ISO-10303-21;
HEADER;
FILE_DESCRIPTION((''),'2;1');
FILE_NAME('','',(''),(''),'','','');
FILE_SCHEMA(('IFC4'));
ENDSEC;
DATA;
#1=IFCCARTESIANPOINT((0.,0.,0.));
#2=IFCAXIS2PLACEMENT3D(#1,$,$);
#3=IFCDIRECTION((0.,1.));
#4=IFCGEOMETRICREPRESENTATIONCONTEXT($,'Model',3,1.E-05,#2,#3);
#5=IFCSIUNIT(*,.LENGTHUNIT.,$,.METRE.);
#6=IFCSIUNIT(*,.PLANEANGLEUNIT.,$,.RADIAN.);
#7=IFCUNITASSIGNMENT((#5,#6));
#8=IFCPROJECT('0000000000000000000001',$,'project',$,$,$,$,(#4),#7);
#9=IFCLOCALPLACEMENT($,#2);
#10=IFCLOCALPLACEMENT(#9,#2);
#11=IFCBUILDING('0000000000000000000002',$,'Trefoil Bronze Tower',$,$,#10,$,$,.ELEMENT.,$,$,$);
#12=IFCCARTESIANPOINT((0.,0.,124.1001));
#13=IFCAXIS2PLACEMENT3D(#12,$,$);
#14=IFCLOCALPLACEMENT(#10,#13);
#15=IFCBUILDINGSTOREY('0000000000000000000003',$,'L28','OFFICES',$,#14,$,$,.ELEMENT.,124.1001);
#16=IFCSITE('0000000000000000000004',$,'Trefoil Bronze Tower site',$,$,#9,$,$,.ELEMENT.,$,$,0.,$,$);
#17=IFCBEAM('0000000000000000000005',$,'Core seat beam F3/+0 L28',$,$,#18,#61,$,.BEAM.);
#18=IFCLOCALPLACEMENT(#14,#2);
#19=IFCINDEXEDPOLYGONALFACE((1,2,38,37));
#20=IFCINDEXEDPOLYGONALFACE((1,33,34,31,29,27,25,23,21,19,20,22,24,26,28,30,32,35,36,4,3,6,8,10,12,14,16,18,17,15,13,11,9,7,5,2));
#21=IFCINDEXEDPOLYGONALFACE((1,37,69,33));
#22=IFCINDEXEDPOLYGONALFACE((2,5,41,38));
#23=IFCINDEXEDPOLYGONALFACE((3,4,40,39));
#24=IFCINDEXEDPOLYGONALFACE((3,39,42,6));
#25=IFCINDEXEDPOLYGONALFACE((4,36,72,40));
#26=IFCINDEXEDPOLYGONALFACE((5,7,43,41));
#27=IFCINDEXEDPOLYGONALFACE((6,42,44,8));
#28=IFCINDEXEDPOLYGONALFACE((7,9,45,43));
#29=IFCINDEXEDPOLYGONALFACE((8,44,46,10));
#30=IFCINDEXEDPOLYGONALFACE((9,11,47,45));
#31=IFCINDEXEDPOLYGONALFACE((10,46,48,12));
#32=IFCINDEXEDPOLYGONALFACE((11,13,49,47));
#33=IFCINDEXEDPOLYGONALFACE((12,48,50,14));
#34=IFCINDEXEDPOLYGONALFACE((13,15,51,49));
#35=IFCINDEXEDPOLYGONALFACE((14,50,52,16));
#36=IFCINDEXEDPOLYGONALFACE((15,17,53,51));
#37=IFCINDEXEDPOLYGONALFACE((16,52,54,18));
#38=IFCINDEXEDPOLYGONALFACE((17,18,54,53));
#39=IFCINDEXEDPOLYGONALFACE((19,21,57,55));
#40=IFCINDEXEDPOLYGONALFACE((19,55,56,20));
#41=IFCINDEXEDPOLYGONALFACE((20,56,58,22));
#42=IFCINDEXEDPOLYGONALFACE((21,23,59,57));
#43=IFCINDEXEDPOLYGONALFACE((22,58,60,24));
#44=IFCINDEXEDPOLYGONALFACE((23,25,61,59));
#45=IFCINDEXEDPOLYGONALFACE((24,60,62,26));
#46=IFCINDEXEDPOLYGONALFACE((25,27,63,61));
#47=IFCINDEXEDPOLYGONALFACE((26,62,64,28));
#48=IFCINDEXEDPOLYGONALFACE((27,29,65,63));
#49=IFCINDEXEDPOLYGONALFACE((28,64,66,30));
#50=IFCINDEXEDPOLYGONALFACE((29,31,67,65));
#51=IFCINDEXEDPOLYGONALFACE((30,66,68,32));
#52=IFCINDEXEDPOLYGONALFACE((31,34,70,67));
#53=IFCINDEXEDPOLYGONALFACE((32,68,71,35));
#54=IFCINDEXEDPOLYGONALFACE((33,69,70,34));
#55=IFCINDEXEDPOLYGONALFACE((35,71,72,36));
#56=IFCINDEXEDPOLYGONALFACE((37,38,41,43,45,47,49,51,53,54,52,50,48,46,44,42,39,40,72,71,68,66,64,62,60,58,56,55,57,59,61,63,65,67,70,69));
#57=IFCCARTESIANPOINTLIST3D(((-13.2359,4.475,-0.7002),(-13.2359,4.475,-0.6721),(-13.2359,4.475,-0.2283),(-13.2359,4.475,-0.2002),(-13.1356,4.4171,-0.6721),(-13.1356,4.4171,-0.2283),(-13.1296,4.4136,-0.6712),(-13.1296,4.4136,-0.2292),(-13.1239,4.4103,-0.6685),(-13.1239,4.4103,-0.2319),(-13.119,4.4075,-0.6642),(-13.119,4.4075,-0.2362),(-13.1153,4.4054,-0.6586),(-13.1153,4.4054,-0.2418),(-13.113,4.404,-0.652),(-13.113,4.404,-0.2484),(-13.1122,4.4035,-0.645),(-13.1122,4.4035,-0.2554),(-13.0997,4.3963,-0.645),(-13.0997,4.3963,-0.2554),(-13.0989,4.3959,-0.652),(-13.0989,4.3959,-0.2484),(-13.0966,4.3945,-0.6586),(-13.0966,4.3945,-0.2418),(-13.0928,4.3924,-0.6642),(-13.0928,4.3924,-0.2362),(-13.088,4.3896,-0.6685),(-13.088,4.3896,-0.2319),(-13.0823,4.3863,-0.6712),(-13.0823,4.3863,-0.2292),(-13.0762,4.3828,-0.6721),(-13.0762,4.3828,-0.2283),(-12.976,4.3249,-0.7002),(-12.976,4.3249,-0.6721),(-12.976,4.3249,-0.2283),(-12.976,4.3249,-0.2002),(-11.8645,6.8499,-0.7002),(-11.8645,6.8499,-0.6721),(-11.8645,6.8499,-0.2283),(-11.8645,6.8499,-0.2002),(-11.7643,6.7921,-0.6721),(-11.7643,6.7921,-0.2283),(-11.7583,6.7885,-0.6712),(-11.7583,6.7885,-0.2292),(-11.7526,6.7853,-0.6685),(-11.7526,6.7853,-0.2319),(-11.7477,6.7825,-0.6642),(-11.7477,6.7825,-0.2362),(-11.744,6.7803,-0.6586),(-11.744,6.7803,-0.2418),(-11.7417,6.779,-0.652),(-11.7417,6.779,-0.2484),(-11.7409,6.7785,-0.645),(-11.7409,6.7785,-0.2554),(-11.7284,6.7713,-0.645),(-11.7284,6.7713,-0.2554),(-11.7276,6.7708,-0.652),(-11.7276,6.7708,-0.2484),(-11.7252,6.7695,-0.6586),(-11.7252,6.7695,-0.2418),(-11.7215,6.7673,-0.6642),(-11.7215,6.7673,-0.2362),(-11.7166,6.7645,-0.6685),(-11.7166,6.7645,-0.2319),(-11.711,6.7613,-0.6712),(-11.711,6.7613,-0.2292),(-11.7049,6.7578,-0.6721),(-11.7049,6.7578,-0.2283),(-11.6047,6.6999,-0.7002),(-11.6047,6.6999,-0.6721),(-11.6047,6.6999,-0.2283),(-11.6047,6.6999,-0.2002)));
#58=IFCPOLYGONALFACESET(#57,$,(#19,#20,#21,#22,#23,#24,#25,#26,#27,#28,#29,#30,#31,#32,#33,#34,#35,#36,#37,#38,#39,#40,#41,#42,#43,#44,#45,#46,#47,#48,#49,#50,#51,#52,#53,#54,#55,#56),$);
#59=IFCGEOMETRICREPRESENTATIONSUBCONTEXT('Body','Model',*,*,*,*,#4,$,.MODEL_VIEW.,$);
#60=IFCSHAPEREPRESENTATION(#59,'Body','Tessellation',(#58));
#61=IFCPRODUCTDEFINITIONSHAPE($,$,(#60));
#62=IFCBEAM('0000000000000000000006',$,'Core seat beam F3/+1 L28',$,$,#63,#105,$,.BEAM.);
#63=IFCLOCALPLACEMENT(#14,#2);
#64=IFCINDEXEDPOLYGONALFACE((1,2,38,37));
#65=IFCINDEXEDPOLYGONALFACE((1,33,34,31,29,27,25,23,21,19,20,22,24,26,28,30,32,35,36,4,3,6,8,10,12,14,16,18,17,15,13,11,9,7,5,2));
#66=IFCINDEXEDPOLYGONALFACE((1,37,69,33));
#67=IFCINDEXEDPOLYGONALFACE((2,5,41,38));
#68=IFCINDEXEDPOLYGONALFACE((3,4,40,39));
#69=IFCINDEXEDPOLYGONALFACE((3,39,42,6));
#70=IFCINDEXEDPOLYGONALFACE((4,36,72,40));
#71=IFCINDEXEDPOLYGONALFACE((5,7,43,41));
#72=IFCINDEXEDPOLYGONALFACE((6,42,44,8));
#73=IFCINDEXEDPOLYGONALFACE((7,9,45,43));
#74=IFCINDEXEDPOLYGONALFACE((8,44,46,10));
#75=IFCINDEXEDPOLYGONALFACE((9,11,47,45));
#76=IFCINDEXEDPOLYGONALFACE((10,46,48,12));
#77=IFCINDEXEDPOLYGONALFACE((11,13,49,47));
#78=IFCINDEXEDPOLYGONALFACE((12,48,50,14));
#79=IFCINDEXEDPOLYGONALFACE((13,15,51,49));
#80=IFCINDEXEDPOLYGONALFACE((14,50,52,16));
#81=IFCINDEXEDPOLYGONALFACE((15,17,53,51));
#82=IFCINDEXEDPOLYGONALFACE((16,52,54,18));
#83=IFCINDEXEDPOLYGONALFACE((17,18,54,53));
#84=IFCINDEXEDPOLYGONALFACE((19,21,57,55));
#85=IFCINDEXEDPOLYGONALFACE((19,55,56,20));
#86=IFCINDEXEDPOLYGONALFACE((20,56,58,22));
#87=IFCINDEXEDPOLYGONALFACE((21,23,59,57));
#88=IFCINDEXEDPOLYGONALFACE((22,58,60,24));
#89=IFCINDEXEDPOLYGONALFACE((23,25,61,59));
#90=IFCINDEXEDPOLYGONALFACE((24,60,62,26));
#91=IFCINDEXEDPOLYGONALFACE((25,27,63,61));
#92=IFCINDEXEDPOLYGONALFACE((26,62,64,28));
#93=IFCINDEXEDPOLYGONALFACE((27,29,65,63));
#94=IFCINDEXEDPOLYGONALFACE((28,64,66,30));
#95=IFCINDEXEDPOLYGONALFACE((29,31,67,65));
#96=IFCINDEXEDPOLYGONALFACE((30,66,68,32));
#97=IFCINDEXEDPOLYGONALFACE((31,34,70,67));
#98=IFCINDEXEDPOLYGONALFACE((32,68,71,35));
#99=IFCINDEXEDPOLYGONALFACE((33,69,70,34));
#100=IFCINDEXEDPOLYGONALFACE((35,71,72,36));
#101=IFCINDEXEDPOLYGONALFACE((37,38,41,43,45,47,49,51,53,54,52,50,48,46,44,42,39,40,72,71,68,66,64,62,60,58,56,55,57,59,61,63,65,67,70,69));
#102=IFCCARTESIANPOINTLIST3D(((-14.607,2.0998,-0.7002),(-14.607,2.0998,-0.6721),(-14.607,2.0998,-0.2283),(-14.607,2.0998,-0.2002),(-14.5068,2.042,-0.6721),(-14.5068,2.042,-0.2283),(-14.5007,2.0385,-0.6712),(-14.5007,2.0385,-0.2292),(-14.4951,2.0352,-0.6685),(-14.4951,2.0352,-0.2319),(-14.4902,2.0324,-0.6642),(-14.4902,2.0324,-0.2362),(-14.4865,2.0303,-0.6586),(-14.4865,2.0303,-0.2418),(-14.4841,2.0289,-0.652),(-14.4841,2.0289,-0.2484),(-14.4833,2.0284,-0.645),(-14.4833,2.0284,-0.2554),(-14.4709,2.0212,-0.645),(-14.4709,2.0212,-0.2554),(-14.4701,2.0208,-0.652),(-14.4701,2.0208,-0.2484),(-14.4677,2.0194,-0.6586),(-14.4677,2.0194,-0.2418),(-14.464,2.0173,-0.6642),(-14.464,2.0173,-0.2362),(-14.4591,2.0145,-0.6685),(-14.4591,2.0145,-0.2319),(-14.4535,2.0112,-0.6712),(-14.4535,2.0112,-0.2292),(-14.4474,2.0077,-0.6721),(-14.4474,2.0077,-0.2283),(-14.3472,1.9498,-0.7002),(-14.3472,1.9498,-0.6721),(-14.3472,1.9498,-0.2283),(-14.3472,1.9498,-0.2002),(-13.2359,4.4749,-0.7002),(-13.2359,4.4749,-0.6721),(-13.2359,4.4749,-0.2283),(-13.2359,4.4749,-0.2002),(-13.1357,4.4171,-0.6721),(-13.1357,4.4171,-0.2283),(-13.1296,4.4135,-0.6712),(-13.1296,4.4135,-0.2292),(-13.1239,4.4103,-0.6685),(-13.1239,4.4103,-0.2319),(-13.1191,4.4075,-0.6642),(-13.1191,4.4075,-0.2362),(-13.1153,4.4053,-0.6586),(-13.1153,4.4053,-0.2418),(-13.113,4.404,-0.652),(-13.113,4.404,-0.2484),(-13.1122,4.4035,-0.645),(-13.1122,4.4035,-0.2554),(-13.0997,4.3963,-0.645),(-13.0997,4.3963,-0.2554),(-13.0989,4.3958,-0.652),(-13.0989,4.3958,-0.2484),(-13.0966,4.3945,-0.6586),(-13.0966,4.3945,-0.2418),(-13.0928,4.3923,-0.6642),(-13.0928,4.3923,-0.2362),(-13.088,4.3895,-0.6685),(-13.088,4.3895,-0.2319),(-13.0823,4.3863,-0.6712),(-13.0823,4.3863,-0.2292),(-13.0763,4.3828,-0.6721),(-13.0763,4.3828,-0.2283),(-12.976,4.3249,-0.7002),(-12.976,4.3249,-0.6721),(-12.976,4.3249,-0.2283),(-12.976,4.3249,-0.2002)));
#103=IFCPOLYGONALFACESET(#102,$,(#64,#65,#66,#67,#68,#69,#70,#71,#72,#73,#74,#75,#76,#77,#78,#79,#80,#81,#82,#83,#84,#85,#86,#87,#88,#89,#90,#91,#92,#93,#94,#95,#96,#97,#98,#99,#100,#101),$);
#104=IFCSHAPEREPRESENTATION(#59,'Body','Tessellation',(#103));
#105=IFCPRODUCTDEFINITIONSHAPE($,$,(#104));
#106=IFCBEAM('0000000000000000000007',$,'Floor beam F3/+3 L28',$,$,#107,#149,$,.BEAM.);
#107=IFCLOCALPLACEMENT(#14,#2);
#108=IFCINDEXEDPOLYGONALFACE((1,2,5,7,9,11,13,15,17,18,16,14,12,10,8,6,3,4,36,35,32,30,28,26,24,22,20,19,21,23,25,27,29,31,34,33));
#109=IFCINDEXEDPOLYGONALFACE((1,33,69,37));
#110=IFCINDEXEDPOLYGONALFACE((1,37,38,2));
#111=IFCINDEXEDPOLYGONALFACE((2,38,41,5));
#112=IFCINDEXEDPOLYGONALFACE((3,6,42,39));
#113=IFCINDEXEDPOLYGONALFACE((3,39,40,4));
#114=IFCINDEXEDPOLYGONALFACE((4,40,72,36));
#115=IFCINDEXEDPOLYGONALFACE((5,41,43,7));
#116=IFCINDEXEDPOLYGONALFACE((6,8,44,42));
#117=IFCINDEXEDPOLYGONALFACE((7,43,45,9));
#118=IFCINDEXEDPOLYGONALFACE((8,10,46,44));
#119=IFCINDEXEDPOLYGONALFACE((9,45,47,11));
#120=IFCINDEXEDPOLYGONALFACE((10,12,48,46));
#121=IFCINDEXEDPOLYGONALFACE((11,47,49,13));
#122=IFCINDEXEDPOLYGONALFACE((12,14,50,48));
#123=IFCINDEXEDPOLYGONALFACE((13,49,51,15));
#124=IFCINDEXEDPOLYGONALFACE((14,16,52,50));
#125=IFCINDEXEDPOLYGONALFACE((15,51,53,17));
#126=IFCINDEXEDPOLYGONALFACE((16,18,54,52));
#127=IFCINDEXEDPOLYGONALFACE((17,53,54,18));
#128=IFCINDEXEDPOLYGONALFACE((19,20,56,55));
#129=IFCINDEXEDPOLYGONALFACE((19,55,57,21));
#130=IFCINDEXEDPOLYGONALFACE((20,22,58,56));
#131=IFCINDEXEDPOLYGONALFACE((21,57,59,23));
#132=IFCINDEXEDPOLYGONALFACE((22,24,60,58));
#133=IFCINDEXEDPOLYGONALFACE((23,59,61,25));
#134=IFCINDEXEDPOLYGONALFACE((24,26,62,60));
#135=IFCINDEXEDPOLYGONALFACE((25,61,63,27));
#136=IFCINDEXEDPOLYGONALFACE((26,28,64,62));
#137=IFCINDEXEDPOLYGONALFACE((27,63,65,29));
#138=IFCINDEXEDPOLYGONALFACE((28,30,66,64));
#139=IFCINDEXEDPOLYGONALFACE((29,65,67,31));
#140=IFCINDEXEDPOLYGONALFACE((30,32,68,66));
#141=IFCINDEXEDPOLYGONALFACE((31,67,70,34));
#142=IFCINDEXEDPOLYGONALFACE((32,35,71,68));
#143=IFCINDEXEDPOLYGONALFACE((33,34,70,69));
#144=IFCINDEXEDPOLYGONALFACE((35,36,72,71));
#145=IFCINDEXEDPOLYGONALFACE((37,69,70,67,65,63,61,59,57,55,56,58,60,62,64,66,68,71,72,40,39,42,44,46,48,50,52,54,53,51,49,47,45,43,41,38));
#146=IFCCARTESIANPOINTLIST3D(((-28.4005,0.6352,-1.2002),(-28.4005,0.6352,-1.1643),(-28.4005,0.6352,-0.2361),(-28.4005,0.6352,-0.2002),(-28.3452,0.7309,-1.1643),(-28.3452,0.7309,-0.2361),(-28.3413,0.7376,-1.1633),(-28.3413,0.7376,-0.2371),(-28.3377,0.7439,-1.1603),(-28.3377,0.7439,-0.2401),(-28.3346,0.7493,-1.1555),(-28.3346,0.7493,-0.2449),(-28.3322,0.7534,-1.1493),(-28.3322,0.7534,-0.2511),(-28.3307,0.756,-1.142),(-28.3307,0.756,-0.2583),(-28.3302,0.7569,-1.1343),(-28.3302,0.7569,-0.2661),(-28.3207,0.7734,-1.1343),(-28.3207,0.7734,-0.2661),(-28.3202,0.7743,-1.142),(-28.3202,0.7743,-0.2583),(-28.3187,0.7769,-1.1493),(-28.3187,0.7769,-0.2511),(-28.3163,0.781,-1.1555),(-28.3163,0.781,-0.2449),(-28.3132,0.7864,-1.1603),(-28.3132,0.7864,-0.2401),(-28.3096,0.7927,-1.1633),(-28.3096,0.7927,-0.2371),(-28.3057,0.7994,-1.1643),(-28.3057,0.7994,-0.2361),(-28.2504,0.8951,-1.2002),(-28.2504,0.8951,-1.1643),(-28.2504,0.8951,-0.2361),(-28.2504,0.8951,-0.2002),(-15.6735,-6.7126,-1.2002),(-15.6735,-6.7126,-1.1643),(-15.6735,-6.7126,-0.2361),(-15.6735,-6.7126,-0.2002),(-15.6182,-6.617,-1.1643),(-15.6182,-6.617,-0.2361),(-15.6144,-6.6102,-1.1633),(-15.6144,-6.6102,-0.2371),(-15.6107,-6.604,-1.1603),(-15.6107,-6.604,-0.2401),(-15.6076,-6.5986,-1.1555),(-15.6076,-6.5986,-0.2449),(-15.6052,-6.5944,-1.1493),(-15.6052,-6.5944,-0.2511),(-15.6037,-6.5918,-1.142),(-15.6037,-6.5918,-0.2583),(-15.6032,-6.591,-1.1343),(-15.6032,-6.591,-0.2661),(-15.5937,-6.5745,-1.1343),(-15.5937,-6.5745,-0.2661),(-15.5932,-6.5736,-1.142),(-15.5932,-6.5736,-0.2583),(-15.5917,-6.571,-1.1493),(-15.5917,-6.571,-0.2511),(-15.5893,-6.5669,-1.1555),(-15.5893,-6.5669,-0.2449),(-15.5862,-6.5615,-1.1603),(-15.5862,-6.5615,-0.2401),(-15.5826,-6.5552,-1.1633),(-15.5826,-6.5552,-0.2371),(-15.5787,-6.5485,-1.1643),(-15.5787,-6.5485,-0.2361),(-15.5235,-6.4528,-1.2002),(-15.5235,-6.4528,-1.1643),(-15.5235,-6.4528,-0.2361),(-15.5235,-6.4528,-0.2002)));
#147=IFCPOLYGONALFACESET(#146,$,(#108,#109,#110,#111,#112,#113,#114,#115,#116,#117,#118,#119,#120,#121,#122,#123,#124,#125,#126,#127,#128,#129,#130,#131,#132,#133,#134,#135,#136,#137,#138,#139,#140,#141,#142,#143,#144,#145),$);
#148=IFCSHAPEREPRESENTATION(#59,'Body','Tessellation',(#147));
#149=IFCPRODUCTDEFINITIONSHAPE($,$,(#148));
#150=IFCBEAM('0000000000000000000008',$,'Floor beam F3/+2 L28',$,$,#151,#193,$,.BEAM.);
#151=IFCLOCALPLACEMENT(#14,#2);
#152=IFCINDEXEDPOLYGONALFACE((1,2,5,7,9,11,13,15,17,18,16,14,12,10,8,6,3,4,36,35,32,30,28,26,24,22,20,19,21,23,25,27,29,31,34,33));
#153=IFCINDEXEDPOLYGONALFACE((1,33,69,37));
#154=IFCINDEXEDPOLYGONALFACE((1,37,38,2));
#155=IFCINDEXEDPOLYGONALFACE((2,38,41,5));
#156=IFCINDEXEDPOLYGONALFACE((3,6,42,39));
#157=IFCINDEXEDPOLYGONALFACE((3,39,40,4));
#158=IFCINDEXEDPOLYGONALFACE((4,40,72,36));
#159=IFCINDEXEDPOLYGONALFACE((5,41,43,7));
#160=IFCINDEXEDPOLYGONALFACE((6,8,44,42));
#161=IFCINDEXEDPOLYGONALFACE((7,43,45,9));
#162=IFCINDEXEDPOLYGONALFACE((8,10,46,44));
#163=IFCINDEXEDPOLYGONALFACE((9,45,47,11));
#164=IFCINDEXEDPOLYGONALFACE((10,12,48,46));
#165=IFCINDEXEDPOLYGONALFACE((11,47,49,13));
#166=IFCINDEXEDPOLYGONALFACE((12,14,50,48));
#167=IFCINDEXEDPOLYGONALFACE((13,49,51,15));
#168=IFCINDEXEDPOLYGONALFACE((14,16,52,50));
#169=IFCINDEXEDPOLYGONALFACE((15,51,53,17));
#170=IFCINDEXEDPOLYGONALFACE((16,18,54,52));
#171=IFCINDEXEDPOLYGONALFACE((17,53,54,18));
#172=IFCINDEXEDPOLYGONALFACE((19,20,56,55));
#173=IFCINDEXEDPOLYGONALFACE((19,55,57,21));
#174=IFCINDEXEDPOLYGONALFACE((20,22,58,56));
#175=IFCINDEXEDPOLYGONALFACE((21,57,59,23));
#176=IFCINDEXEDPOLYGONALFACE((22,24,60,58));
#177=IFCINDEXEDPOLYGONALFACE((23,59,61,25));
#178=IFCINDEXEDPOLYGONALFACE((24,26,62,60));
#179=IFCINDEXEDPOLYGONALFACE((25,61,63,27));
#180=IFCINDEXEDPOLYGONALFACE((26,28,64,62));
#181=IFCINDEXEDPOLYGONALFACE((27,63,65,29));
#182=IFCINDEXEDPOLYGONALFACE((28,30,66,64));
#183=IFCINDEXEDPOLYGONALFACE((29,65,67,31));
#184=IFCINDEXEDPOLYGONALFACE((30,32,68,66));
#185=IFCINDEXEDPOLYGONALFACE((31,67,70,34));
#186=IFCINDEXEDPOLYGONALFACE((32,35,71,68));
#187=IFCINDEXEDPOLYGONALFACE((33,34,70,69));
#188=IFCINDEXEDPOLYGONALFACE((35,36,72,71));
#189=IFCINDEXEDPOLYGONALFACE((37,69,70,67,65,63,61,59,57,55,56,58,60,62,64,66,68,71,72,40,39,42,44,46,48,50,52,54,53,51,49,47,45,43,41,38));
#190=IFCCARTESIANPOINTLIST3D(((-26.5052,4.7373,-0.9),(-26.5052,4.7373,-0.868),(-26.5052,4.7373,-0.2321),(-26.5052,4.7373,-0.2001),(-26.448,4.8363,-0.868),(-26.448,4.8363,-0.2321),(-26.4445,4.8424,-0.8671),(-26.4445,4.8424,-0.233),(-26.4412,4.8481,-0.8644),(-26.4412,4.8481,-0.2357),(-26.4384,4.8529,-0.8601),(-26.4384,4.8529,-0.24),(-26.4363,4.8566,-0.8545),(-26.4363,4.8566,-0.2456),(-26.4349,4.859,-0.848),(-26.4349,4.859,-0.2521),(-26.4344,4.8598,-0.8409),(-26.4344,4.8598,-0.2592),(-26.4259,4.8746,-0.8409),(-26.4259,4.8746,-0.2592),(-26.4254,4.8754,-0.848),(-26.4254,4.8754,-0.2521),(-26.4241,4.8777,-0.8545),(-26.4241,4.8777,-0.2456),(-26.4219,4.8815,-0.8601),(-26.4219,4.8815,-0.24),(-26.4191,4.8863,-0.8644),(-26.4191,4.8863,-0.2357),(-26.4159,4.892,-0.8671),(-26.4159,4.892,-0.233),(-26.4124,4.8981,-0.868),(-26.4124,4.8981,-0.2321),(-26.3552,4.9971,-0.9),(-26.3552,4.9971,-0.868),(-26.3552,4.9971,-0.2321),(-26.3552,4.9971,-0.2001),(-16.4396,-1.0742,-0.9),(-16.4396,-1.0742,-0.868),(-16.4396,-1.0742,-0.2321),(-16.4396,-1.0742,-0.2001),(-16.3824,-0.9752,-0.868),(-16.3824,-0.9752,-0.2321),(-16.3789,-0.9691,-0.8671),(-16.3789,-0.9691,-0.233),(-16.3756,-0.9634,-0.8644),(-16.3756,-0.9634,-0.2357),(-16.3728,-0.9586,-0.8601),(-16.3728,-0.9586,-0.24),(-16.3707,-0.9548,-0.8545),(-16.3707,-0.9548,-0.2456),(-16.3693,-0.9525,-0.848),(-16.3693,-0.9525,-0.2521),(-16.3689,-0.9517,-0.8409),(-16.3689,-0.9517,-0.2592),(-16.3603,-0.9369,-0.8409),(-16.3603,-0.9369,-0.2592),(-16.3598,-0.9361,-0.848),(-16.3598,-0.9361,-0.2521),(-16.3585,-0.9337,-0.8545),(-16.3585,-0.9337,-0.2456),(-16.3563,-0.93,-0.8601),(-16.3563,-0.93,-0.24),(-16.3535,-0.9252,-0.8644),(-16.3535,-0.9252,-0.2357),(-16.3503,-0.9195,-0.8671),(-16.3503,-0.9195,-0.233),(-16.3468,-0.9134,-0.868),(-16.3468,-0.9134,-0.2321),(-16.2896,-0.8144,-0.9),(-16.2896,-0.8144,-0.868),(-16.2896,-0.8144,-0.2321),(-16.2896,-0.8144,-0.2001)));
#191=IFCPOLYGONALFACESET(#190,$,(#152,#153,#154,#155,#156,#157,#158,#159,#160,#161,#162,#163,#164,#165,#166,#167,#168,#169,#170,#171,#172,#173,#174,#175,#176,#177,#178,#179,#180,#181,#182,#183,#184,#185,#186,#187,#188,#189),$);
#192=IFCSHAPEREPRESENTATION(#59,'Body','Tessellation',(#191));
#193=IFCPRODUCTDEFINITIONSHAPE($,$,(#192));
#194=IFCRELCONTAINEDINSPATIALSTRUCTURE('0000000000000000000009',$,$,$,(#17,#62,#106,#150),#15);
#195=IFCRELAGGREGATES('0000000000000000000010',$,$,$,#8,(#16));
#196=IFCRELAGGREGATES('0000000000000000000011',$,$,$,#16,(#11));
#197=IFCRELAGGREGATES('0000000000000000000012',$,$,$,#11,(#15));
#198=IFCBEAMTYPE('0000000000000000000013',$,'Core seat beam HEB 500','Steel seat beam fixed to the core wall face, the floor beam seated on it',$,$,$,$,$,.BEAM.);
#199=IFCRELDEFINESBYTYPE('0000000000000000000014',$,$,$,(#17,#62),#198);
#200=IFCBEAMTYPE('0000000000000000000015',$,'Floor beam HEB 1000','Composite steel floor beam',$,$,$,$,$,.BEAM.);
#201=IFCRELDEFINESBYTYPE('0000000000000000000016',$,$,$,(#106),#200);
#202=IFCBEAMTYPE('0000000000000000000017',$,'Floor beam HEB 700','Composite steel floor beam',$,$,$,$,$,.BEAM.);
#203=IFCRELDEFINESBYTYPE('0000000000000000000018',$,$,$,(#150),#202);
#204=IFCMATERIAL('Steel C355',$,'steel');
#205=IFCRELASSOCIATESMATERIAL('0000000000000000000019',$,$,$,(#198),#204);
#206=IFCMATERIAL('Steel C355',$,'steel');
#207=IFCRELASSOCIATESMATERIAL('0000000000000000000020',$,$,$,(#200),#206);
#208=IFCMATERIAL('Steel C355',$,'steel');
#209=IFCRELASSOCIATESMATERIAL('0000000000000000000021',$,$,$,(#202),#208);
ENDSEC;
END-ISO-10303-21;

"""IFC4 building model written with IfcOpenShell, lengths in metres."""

from ifc_helpers import new_model, si_unit, direction, frame, origin, origin_2d, place, context, subcontext, project, spatial, i_section, extrude, material, material_profile, profile_set, type_object, element, save


model = new_model("IFC4")

# Units and contexts
model_context = context("Model", 3, precision=1e-05, world=origin(), true_north=direction((0.0, 1.0)))
body_context = subcontext(model_context, "Body", "Model", "MODEL_VIEW")
ifc_project = project(units=[si_unit("LENGTHUNIT", "METRE"), si_unit("PLANEANGLEUNIT", "RADIAN")], contexts=[model_context])

# Site, building, storey
site_placement = place(None, origin())
site = spatial("IfcSite", under=ifc_project, at=site_placement, Name="Trefoil Bronze Tower site", CompositionType="ELEMENT", RefElevation=0.0)
building_placement = place(site_placement, origin())
building = spatial("IfcBuilding", under=site, at=building_placement, Name="Trefoil Bronze Tower", CompositionType="ELEMENT")
storey_placement = place(building_placement, frame((0.0, 0.0, 124.1001)))
storey = spatial("IfcBuildingStorey", under=building, at=storey_placement, Name="L28", Description="OFFICES", CompositionType="ELEMENT", Elevation=124.1001)

# Beams
ifc_material_1 = material(Name="Steel C355", Category="steel")
ifc_material_profile_1 = material_profile(ifc_material_1, i_section(OverallWidth=0.3, OverallDepth=0.5, WebThickness=0.0144, FlangeThickness=0.0281, FilletRadius=0.0271, at=origin_2d()), Name="HEB 500")
ifc_profile_set_1 = profile_set([ifc_material_profile_1], Name="Steel C355")
beam_type_1 = type_object("IfcBeamType", Name="Core seat beam HEB 500", Description="Steel seat beam fixed to the core wall face, the floor beam seated on it", PredefinedType="BEAM", material=ifc_profile_set_1)
for number, where, z_axis, x_axis, name in (
    (1, (-11.7346, 6.7749, -0.4502), (-0.500036, -0.866005, 0.0), (0.866005, -0.500036, 0.0), "Core seat beam F3/+0 L28"),
    (2, (-13.106, 4.3999, -0.4502), (-0.499969, -0.866043, 0.0), (0.866043, -0.499969, 0.0), "Core seat beam F3/+1 L28"),
):
    element("IfcBeam", number, at=place(storey_placement, frame(where, z_axis=z_axis, x_axis=x_axis)), inside=storey, type_object=beam_type_1, Name=name, PredefinedType="BEAM", context=body_context, shape_type="SweptSolid", body=[
        extrude(i_section(OverallWidth=0.3, OverallDepth=0.5, WebThickness=0.0144, FlangeThickness=0.0281, FilletRadius=0.0271, at=origin_2d()), origin(), (0.0, 0.0, 1.0), 2.7424),
    ])
ifc_material_2 = material(Name="Steel C355", Category="steel")
ifc_material_profile_2 = material_profile(ifc_material_2, i_section(OverallWidth=0.3, OverallDepth=1.0, WebThickness=0.019, FlangeThickness=0.0359, FilletRadius=0.03, at=origin_2d()), Name="HEB 1000")
ifc_profile_set_2 = profile_set([ifc_material_profile_2], Name="Steel C355")
beam_type_2 = type_object("IfcBeamType", Name="Floor beam HEB 1000", Description="Composite steel floor beam", PredefinedType="BEAM", material=ifc_profile_set_2)
beam_1_placement = place(storey_placement, frame((-28.3254, 0.7651, -0.7002), z_axis=(0.866027, -0.499997, 0.0), x_axis=(0.499997, 0.866027, 0.0)))
element("IfcBeam", 3, at=beam_1_placement, inside=storey, type_object=beam_type_2, Name="Floor beam F3/+3 L28", PredefinedType="BEAM", context=body_context, shape_type="SweptSolid", body=[
    extrude(i_section(OverallWidth=0.3, OverallDepth=1.0, WebThickness=0.019, FlangeThickness=0.0359, FilletRadius=0.03, at=origin_2d()), origin(), (0.0, 0.0, 1.0), 14.6958),
])
ifc_material_3 = material(Name="Steel C355", Category="steel")
ifc_material_profile_3 = material_profile(ifc_material_3, i_section(OverallWidth=0.3, OverallDepth=0.7, WebThickness=0.0171, FlangeThickness=0.032, FilletRadius=0.0271, at=origin_2d()), Name="HEB 700")
ifc_profile_set_3 = profile_set([ifc_material_profile_3], Name="Steel C355")
beam_type_3 = type_object("IfcBeamType", Name="Floor beam HEB 700", Description="Composite steel floor beam", PredefinedType="BEAM", material=ifc_profile_set_3)
beam_2_placement = place(storey_placement, frame((-26.4302, 4.8672, -0.55), z_axis=(0.866022, -0.500007, 0.0), x_axis=(0.500007, 0.866022, 0.0)))
element("IfcBeam", 4, at=beam_2_placement, inside=storey, type_object=beam_type_3, Name="Floor beam F3/+2 L28", PredefinedType="BEAM", context=body_context, shape_type="SweptSolid", body=[
    extrude(i_section(OverallWidth=0.3, OverallDepth=0.7, WebThickness=0.0171, FlangeThickness=0.032, FilletRadius=0.0271, at=origin_2d()), origin(), (0.0, 0.0, 1.0), 11.6228),
])

save(model, "model.ifc")
